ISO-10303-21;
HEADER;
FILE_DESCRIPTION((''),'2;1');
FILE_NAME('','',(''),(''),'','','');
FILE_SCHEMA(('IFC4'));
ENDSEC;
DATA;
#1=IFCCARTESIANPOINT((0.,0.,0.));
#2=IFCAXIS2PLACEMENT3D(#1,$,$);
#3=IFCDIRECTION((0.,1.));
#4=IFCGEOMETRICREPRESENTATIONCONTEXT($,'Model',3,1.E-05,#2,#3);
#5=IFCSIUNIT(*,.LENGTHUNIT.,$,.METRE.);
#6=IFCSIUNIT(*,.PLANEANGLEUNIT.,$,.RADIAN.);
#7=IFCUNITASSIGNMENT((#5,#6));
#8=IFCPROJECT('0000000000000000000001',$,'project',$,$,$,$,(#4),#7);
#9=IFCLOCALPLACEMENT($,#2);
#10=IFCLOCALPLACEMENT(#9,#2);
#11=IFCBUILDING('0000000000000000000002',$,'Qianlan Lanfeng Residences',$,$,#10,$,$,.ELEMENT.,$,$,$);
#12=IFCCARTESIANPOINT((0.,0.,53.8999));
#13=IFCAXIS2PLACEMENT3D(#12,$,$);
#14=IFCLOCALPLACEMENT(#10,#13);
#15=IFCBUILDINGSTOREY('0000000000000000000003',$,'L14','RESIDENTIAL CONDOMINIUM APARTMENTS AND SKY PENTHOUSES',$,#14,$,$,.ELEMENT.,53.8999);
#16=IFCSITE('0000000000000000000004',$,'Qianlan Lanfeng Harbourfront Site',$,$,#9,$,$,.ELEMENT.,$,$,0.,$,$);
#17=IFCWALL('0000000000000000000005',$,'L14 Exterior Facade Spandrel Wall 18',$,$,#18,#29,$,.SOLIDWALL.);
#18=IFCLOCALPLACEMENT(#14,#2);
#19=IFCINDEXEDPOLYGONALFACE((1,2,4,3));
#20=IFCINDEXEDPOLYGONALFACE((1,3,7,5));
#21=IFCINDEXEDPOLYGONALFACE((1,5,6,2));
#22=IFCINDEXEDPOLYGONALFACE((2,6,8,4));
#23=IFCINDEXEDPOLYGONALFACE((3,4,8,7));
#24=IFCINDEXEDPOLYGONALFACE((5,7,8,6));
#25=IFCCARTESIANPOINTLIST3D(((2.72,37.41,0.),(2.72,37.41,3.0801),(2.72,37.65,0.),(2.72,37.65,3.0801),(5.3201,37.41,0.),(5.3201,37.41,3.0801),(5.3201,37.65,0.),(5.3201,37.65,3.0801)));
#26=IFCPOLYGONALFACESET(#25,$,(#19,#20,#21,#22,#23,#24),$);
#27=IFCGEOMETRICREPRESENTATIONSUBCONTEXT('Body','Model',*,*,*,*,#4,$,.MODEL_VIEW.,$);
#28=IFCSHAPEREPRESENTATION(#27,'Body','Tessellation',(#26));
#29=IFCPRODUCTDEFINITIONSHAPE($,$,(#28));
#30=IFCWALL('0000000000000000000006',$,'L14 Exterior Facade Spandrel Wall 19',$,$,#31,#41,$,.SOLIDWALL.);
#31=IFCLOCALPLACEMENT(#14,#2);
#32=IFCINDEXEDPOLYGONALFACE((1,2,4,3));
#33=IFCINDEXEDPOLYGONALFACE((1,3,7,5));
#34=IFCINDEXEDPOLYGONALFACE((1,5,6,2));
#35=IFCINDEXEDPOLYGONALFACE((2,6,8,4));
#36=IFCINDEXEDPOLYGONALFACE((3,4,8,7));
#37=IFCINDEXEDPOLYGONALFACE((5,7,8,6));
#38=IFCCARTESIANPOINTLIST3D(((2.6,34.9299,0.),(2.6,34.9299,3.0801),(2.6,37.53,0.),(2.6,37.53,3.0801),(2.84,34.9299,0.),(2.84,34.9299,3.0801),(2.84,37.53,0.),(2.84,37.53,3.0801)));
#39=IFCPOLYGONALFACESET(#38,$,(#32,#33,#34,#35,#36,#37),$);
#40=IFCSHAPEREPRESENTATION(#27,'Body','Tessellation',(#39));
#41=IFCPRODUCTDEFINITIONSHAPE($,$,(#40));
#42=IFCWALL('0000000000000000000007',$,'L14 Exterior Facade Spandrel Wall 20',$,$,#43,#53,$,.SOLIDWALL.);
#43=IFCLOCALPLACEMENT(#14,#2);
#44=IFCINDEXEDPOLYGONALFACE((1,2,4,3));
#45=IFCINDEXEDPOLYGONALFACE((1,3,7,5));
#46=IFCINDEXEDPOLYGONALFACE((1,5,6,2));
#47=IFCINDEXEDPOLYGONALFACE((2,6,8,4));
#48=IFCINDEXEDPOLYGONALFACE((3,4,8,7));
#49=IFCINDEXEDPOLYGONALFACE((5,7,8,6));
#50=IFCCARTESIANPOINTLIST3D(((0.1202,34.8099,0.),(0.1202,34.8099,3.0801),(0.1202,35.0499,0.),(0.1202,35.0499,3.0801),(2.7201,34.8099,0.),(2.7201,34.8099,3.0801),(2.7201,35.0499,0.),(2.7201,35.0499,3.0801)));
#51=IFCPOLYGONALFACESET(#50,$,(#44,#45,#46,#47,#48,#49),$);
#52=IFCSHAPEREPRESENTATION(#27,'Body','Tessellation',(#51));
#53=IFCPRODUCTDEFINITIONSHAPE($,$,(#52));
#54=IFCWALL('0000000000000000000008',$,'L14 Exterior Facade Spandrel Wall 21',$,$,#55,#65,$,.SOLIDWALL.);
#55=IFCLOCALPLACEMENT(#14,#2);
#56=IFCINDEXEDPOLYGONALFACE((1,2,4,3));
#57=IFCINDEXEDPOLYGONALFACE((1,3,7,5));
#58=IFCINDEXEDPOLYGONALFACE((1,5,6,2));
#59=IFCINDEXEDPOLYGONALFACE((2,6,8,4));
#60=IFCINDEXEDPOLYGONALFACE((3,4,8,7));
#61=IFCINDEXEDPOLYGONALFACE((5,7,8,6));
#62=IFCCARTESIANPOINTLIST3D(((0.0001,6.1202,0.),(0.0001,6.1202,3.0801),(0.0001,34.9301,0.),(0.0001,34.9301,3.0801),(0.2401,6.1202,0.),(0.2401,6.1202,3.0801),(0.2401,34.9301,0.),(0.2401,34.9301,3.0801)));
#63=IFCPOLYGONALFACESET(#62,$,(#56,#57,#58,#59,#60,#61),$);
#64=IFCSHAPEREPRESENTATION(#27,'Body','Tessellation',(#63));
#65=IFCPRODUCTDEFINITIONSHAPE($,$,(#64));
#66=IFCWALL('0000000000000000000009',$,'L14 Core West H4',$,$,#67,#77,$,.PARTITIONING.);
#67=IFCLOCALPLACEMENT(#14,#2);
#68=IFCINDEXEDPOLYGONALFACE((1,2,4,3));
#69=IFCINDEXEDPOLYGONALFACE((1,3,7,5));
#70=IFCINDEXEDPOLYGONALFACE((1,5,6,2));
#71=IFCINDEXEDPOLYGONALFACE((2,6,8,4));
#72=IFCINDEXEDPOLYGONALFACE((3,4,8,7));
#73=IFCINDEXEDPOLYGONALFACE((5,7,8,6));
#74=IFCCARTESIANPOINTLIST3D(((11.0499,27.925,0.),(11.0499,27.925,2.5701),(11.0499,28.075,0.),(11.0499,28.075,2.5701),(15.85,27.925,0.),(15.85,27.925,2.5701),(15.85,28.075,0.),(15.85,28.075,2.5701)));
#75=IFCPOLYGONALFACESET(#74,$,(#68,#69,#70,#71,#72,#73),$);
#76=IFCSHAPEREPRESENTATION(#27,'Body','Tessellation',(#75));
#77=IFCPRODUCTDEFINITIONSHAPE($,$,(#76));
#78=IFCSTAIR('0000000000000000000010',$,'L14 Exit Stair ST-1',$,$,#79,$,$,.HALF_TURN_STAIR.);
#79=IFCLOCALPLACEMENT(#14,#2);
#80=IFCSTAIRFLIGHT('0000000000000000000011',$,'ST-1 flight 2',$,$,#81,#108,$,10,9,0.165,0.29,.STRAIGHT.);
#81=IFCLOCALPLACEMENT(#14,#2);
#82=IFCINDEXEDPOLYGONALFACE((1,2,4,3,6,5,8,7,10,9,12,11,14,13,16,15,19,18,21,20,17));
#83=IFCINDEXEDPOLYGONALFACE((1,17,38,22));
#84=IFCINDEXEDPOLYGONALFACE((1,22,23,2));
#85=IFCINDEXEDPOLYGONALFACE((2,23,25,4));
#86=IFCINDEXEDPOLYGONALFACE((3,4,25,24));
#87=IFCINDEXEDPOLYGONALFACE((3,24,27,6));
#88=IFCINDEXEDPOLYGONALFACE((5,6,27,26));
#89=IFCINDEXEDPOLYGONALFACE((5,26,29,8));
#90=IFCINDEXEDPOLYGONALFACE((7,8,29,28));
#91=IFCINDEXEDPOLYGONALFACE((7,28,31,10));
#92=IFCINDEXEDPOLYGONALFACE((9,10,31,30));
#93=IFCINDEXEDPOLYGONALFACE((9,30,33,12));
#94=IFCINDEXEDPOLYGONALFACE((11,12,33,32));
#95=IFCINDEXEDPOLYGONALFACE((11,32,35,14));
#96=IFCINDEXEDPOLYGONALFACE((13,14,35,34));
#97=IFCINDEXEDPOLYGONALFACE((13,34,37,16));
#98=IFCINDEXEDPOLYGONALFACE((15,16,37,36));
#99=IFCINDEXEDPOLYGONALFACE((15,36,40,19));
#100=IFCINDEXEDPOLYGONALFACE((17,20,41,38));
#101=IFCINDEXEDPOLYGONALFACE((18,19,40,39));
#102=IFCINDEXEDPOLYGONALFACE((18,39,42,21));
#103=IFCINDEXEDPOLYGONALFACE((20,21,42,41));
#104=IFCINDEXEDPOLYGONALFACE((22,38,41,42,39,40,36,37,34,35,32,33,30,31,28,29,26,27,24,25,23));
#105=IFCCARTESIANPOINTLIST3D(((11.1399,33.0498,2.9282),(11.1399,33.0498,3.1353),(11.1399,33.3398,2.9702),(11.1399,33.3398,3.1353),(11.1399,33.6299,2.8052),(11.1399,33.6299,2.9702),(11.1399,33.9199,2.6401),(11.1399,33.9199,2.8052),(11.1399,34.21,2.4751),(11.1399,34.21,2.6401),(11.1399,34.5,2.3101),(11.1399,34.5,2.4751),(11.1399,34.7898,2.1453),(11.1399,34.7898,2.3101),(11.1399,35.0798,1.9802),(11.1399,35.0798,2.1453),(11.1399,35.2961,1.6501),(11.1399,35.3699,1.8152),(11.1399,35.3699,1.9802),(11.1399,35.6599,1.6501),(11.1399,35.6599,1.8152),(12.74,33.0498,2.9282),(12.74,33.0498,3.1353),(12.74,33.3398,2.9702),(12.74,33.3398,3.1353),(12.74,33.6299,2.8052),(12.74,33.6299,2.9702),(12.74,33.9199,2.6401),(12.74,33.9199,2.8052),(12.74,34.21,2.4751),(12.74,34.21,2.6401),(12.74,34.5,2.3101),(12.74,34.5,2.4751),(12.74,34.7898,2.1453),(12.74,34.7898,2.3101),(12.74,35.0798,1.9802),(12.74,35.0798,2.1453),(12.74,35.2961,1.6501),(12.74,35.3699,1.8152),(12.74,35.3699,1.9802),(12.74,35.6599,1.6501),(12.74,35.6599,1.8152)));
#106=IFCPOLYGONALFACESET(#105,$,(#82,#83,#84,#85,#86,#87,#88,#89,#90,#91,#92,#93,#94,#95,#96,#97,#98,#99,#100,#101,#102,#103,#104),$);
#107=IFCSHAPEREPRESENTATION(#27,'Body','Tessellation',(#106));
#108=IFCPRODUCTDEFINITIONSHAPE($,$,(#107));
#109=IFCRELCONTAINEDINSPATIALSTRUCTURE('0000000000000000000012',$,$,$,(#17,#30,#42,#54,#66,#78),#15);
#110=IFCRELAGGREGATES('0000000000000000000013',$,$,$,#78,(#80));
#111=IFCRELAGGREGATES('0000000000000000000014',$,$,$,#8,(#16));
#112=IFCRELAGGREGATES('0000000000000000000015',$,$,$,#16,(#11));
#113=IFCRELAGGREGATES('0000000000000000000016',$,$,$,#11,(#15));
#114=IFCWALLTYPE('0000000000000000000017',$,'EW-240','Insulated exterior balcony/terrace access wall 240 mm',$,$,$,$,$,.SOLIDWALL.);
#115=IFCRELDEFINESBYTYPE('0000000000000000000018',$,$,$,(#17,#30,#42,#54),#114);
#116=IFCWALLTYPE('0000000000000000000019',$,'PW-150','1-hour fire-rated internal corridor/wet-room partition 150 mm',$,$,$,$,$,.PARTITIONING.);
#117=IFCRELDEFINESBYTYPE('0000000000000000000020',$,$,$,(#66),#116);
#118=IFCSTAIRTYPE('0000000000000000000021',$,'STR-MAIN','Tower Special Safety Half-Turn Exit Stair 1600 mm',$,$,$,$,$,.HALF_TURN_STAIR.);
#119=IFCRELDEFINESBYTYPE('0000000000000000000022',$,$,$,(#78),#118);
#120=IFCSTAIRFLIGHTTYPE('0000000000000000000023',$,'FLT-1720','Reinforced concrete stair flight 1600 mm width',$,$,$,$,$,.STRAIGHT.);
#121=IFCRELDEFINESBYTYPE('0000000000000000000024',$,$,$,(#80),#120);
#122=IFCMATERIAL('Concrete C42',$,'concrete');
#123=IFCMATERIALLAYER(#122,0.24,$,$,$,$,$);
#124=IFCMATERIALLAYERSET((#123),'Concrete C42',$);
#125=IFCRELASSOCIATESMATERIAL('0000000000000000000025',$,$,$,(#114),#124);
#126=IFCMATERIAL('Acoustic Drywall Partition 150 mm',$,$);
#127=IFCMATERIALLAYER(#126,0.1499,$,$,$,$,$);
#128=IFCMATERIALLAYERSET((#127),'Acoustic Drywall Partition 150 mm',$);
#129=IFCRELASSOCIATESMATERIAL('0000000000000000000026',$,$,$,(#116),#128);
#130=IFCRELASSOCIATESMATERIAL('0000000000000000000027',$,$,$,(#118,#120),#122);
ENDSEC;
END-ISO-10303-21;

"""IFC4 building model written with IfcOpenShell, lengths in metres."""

from ifc_helpers import new_model, si_unit, direction, frame, frame_2d, origin, place, context, subcontext, project, spatial, polyline, rectangle, outline, extrude, material, layer, layer_set, type_object, element, aggregate, save


model = new_model("IFC4")

# Units and contexts
model_context = context("Model", 3, precision=1e-05, world=origin(), true_north=direction((0.0, 1.0)))
body_context = subcontext(model_context, "Body", "Model", "MODEL_VIEW")
ifc_project = project(units=[si_unit("LENGTHUNIT", "METRE"), si_unit("PLANEANGLEUNIT", "RADIAN")], contexts=[model_context])

# Site, building, storey
site_placement = place(None, origin())
site = spatial("IfcSite", under=ifc_project, at=site_placement, Name="Qianlan Lanfeng Harbourfront Site", CompositionType="ELEMENT", RefElevation=0.0)
building_placement = place(site_placement, origin())
building = spatial("IfcBuilding", under=site, at=building_placement, Name="Qianlan Lanfeng Residences", CompositionType="ELEMENT")
storey_placement = place(building_placement, frame((0.0, 0.0, 53.8999)))
storey = spatial("IfcBuildingStorey", under=building, at=storey_placement, Name="L14", Description="RESIDENTIAL CONDOMINIUM APARTMENTS AND SKY PENTHOUSES", CompositionType="ELEMENT", Elevation=53.8999)

# Walls
ifc_material_1 = material(Name="Concrete C42", Category="concrete")
ifc_layer_1 = layer(ifc_material_1, 0.24)
ifc_layer_set_1 = layer_set([ifc_layer_1], Name="Concrete C42")
wall_type_1 = type_object("IfcWallType", Name="EW-240", Description="Insulated exterior balcony/terrace access wall 240 mm", PredefinedType="SOLIDWALL", material=ifc_layer_set_1)
for number, where, z_axis, x_axis, name in (
    (1, (5.3201, 37.53, 0.0), (0.0, 0.0, 1.0), (-1.0, 0.0, 0.0), "L14 Exterior Facade Spandrel Wall 18"),
    (2, (2.72, 37.53, 0.0), (0.0, 0.0, 1.0), (0.0, -1.0, 0.0), "L14 Exterior Facade Spandrel Wall 19"),
):
    element("IfcWall", number, at=place(storey_placement, frame(where, z_axis=z_axis, x_axis=x_axis)), inside=storey, type_object=wall_type_1, Name=name, PredefinedType="SOLIDWALL", context=body_context, shape_type="SweptSolid", body=[
        extrude(rectangle(XDim=2.6001, YDim=0.24, at=frame_2d((1.3, 0.0))), origin(), (0.0, 0.0, 1.0), 3.0801),
    ])
wall_1_placement = place(storey_placement, frame((2.72, 34.9299, 0.0), z_axis=(0.0, 0.0, 1.0), x_axis=(-1.0, 0.0, 0.0)))
element("IfcWall", 3, at=wall_1_placement, inside=storey, type_object=wall_type_1, Name="L14 Exterior Facade Spandrel Wall 20", PredefinedType="SOLIDWALL", context=body_context, shape_type="SweptSolid", body=[
    extrude(rectangle(XDim=2.5999, YDim=0.24, at=frame_2d((1.2998, 0.0))), origin(), (0.0, 0.0, 1.0), 3.0801),
])
wall_2_placement = place(storey_placement, frame((0.1201, 34.9299, 0.0), z_axis=(0.0, 0.0, 1.0), x_axis=(0.0, -1.0, 0.0)))
element("IfcWall", 4, at=wall_2_placement, inside=storey, type_object=wall_type_1, Name="L14 Exterior Facade Spandrel Wall 21", PredefinedType="SOLIDWALL", context=body_context, shape_type="SweptSolid", body=[
    extrude(rectangle(XDim=28.8098, YDim=0.24, at=frame_2d((14.4048, 0.0))), origin(), (0.0, 0.0, 1.0), 3.0801),
])
ifc_material_2 = material(Name="Acoustic Drywall Partition 150 mm")
ifc_layer_2 = layer(ifc_material_2, 0.1499)
ifc_layer_set_2 = layer_set([ifc_layer_2], Name="Acoustic Drywall Partition 150 mm")
wall_type_2 = type_object("IfcWallType", Name="PW-150", Description="1-hour fire-rated internal corridor/wet-room partition 150 mm", PredefinedType="PARTITIONING", material=ifc_layer_set_2)
wall_3_placement = place(storey_placement, frame((11.05, 28.0, 0.0), z_axis=(0.0, 0.0, 1.0), x_axis=(1.0, 0.0, 0.0)))
element("IfcWall", 5, at=wall_3_placement, inside=storey, type_object=wall_type_2, Name="L14 Core West H4", PredefinedType="PARTITIONING", context=body_context, shape_type="SweptSolid", body=[
    extrude(rectangle(XDim=4.8, YDim=0.1499, at=frame_2d((2.3999, 0.0))), origin(), (0.0, 0.0, 1.0), 2.5701),
])

# Stair, stair flight
stair_type = type_object("IfcStairType", Name="STR-MAIN", Description="Tower Special Safety Half-Turn Exit Stair 1600 mm", PredefinedType="HALF_TURN_STAIR", material=ifc_material_1)
stair_placement = place(storey_placement, origin())
stair = element("IfcStair", 6, at=stair_placement, inside=storey, type_object=stair_type, Name="L14 Exit Stair ST-1", PredefinedType="HALF_TURN_STAIR")
stair_flight_type = type_object("IfcStairFlightType", Name="FLT-1720", Description="Reinforced concrete stair flight 1600 mm width", PredefinedType="STRAIGHT", material=ifc_material_1)
stair_flight_placement = place(storey_placement, frame((11.9399, 35.6599, 1.6501), z_axis=(0.0, 0.0, 1.0), x_axis=(0.0, -1.0, 0.0)))
stair_flight = element("IfcStairFlight", 7, at=stair_flight_placement, type_object=stair_flight_type, Name="ST-1 flight 2", NumberOfRisers=10, NumberOfTreads=9, PredefinedType="STRAIGHT", RiserHeight=0.165, TreadLength=0.29, context=body_context, shape_type="SweptSolid", body=[
    extrude(outline(polyline([(0.0, 0.0), (0.0, 0.165), (0.29, 0.165), (0.29, 0.3301), (0.5801, 0.3301), (0.5801, 0.4951), (0.8701, 0.4951), (0.8701, 0.6599), (1.1599, 0.6599), (1.1599, 0.825), (1.45, 0.825), (1.45, 0.99), (1.74, 0.99), (1.74, 1.155), (2.03, 1.155), (2.03, 1.3201), (2.3201, 1.3201), (2.3201, 1.4851), (2.6101, 1.4851), (2.6101, 1.6499), (2.6101, 1.2781), (0.3638, 0.0), (0.0, 0.0)])), frame((0.0, 0.8, 0.0), z_axis=(0.0, -1.0, 0.0), x_axis=(1.0, 0.0, 0.0)), (0.0, 0.0, 1.0), 1.6001),
])
aggregate(stair, [stair_flight])

save(model, "model.ifc")
